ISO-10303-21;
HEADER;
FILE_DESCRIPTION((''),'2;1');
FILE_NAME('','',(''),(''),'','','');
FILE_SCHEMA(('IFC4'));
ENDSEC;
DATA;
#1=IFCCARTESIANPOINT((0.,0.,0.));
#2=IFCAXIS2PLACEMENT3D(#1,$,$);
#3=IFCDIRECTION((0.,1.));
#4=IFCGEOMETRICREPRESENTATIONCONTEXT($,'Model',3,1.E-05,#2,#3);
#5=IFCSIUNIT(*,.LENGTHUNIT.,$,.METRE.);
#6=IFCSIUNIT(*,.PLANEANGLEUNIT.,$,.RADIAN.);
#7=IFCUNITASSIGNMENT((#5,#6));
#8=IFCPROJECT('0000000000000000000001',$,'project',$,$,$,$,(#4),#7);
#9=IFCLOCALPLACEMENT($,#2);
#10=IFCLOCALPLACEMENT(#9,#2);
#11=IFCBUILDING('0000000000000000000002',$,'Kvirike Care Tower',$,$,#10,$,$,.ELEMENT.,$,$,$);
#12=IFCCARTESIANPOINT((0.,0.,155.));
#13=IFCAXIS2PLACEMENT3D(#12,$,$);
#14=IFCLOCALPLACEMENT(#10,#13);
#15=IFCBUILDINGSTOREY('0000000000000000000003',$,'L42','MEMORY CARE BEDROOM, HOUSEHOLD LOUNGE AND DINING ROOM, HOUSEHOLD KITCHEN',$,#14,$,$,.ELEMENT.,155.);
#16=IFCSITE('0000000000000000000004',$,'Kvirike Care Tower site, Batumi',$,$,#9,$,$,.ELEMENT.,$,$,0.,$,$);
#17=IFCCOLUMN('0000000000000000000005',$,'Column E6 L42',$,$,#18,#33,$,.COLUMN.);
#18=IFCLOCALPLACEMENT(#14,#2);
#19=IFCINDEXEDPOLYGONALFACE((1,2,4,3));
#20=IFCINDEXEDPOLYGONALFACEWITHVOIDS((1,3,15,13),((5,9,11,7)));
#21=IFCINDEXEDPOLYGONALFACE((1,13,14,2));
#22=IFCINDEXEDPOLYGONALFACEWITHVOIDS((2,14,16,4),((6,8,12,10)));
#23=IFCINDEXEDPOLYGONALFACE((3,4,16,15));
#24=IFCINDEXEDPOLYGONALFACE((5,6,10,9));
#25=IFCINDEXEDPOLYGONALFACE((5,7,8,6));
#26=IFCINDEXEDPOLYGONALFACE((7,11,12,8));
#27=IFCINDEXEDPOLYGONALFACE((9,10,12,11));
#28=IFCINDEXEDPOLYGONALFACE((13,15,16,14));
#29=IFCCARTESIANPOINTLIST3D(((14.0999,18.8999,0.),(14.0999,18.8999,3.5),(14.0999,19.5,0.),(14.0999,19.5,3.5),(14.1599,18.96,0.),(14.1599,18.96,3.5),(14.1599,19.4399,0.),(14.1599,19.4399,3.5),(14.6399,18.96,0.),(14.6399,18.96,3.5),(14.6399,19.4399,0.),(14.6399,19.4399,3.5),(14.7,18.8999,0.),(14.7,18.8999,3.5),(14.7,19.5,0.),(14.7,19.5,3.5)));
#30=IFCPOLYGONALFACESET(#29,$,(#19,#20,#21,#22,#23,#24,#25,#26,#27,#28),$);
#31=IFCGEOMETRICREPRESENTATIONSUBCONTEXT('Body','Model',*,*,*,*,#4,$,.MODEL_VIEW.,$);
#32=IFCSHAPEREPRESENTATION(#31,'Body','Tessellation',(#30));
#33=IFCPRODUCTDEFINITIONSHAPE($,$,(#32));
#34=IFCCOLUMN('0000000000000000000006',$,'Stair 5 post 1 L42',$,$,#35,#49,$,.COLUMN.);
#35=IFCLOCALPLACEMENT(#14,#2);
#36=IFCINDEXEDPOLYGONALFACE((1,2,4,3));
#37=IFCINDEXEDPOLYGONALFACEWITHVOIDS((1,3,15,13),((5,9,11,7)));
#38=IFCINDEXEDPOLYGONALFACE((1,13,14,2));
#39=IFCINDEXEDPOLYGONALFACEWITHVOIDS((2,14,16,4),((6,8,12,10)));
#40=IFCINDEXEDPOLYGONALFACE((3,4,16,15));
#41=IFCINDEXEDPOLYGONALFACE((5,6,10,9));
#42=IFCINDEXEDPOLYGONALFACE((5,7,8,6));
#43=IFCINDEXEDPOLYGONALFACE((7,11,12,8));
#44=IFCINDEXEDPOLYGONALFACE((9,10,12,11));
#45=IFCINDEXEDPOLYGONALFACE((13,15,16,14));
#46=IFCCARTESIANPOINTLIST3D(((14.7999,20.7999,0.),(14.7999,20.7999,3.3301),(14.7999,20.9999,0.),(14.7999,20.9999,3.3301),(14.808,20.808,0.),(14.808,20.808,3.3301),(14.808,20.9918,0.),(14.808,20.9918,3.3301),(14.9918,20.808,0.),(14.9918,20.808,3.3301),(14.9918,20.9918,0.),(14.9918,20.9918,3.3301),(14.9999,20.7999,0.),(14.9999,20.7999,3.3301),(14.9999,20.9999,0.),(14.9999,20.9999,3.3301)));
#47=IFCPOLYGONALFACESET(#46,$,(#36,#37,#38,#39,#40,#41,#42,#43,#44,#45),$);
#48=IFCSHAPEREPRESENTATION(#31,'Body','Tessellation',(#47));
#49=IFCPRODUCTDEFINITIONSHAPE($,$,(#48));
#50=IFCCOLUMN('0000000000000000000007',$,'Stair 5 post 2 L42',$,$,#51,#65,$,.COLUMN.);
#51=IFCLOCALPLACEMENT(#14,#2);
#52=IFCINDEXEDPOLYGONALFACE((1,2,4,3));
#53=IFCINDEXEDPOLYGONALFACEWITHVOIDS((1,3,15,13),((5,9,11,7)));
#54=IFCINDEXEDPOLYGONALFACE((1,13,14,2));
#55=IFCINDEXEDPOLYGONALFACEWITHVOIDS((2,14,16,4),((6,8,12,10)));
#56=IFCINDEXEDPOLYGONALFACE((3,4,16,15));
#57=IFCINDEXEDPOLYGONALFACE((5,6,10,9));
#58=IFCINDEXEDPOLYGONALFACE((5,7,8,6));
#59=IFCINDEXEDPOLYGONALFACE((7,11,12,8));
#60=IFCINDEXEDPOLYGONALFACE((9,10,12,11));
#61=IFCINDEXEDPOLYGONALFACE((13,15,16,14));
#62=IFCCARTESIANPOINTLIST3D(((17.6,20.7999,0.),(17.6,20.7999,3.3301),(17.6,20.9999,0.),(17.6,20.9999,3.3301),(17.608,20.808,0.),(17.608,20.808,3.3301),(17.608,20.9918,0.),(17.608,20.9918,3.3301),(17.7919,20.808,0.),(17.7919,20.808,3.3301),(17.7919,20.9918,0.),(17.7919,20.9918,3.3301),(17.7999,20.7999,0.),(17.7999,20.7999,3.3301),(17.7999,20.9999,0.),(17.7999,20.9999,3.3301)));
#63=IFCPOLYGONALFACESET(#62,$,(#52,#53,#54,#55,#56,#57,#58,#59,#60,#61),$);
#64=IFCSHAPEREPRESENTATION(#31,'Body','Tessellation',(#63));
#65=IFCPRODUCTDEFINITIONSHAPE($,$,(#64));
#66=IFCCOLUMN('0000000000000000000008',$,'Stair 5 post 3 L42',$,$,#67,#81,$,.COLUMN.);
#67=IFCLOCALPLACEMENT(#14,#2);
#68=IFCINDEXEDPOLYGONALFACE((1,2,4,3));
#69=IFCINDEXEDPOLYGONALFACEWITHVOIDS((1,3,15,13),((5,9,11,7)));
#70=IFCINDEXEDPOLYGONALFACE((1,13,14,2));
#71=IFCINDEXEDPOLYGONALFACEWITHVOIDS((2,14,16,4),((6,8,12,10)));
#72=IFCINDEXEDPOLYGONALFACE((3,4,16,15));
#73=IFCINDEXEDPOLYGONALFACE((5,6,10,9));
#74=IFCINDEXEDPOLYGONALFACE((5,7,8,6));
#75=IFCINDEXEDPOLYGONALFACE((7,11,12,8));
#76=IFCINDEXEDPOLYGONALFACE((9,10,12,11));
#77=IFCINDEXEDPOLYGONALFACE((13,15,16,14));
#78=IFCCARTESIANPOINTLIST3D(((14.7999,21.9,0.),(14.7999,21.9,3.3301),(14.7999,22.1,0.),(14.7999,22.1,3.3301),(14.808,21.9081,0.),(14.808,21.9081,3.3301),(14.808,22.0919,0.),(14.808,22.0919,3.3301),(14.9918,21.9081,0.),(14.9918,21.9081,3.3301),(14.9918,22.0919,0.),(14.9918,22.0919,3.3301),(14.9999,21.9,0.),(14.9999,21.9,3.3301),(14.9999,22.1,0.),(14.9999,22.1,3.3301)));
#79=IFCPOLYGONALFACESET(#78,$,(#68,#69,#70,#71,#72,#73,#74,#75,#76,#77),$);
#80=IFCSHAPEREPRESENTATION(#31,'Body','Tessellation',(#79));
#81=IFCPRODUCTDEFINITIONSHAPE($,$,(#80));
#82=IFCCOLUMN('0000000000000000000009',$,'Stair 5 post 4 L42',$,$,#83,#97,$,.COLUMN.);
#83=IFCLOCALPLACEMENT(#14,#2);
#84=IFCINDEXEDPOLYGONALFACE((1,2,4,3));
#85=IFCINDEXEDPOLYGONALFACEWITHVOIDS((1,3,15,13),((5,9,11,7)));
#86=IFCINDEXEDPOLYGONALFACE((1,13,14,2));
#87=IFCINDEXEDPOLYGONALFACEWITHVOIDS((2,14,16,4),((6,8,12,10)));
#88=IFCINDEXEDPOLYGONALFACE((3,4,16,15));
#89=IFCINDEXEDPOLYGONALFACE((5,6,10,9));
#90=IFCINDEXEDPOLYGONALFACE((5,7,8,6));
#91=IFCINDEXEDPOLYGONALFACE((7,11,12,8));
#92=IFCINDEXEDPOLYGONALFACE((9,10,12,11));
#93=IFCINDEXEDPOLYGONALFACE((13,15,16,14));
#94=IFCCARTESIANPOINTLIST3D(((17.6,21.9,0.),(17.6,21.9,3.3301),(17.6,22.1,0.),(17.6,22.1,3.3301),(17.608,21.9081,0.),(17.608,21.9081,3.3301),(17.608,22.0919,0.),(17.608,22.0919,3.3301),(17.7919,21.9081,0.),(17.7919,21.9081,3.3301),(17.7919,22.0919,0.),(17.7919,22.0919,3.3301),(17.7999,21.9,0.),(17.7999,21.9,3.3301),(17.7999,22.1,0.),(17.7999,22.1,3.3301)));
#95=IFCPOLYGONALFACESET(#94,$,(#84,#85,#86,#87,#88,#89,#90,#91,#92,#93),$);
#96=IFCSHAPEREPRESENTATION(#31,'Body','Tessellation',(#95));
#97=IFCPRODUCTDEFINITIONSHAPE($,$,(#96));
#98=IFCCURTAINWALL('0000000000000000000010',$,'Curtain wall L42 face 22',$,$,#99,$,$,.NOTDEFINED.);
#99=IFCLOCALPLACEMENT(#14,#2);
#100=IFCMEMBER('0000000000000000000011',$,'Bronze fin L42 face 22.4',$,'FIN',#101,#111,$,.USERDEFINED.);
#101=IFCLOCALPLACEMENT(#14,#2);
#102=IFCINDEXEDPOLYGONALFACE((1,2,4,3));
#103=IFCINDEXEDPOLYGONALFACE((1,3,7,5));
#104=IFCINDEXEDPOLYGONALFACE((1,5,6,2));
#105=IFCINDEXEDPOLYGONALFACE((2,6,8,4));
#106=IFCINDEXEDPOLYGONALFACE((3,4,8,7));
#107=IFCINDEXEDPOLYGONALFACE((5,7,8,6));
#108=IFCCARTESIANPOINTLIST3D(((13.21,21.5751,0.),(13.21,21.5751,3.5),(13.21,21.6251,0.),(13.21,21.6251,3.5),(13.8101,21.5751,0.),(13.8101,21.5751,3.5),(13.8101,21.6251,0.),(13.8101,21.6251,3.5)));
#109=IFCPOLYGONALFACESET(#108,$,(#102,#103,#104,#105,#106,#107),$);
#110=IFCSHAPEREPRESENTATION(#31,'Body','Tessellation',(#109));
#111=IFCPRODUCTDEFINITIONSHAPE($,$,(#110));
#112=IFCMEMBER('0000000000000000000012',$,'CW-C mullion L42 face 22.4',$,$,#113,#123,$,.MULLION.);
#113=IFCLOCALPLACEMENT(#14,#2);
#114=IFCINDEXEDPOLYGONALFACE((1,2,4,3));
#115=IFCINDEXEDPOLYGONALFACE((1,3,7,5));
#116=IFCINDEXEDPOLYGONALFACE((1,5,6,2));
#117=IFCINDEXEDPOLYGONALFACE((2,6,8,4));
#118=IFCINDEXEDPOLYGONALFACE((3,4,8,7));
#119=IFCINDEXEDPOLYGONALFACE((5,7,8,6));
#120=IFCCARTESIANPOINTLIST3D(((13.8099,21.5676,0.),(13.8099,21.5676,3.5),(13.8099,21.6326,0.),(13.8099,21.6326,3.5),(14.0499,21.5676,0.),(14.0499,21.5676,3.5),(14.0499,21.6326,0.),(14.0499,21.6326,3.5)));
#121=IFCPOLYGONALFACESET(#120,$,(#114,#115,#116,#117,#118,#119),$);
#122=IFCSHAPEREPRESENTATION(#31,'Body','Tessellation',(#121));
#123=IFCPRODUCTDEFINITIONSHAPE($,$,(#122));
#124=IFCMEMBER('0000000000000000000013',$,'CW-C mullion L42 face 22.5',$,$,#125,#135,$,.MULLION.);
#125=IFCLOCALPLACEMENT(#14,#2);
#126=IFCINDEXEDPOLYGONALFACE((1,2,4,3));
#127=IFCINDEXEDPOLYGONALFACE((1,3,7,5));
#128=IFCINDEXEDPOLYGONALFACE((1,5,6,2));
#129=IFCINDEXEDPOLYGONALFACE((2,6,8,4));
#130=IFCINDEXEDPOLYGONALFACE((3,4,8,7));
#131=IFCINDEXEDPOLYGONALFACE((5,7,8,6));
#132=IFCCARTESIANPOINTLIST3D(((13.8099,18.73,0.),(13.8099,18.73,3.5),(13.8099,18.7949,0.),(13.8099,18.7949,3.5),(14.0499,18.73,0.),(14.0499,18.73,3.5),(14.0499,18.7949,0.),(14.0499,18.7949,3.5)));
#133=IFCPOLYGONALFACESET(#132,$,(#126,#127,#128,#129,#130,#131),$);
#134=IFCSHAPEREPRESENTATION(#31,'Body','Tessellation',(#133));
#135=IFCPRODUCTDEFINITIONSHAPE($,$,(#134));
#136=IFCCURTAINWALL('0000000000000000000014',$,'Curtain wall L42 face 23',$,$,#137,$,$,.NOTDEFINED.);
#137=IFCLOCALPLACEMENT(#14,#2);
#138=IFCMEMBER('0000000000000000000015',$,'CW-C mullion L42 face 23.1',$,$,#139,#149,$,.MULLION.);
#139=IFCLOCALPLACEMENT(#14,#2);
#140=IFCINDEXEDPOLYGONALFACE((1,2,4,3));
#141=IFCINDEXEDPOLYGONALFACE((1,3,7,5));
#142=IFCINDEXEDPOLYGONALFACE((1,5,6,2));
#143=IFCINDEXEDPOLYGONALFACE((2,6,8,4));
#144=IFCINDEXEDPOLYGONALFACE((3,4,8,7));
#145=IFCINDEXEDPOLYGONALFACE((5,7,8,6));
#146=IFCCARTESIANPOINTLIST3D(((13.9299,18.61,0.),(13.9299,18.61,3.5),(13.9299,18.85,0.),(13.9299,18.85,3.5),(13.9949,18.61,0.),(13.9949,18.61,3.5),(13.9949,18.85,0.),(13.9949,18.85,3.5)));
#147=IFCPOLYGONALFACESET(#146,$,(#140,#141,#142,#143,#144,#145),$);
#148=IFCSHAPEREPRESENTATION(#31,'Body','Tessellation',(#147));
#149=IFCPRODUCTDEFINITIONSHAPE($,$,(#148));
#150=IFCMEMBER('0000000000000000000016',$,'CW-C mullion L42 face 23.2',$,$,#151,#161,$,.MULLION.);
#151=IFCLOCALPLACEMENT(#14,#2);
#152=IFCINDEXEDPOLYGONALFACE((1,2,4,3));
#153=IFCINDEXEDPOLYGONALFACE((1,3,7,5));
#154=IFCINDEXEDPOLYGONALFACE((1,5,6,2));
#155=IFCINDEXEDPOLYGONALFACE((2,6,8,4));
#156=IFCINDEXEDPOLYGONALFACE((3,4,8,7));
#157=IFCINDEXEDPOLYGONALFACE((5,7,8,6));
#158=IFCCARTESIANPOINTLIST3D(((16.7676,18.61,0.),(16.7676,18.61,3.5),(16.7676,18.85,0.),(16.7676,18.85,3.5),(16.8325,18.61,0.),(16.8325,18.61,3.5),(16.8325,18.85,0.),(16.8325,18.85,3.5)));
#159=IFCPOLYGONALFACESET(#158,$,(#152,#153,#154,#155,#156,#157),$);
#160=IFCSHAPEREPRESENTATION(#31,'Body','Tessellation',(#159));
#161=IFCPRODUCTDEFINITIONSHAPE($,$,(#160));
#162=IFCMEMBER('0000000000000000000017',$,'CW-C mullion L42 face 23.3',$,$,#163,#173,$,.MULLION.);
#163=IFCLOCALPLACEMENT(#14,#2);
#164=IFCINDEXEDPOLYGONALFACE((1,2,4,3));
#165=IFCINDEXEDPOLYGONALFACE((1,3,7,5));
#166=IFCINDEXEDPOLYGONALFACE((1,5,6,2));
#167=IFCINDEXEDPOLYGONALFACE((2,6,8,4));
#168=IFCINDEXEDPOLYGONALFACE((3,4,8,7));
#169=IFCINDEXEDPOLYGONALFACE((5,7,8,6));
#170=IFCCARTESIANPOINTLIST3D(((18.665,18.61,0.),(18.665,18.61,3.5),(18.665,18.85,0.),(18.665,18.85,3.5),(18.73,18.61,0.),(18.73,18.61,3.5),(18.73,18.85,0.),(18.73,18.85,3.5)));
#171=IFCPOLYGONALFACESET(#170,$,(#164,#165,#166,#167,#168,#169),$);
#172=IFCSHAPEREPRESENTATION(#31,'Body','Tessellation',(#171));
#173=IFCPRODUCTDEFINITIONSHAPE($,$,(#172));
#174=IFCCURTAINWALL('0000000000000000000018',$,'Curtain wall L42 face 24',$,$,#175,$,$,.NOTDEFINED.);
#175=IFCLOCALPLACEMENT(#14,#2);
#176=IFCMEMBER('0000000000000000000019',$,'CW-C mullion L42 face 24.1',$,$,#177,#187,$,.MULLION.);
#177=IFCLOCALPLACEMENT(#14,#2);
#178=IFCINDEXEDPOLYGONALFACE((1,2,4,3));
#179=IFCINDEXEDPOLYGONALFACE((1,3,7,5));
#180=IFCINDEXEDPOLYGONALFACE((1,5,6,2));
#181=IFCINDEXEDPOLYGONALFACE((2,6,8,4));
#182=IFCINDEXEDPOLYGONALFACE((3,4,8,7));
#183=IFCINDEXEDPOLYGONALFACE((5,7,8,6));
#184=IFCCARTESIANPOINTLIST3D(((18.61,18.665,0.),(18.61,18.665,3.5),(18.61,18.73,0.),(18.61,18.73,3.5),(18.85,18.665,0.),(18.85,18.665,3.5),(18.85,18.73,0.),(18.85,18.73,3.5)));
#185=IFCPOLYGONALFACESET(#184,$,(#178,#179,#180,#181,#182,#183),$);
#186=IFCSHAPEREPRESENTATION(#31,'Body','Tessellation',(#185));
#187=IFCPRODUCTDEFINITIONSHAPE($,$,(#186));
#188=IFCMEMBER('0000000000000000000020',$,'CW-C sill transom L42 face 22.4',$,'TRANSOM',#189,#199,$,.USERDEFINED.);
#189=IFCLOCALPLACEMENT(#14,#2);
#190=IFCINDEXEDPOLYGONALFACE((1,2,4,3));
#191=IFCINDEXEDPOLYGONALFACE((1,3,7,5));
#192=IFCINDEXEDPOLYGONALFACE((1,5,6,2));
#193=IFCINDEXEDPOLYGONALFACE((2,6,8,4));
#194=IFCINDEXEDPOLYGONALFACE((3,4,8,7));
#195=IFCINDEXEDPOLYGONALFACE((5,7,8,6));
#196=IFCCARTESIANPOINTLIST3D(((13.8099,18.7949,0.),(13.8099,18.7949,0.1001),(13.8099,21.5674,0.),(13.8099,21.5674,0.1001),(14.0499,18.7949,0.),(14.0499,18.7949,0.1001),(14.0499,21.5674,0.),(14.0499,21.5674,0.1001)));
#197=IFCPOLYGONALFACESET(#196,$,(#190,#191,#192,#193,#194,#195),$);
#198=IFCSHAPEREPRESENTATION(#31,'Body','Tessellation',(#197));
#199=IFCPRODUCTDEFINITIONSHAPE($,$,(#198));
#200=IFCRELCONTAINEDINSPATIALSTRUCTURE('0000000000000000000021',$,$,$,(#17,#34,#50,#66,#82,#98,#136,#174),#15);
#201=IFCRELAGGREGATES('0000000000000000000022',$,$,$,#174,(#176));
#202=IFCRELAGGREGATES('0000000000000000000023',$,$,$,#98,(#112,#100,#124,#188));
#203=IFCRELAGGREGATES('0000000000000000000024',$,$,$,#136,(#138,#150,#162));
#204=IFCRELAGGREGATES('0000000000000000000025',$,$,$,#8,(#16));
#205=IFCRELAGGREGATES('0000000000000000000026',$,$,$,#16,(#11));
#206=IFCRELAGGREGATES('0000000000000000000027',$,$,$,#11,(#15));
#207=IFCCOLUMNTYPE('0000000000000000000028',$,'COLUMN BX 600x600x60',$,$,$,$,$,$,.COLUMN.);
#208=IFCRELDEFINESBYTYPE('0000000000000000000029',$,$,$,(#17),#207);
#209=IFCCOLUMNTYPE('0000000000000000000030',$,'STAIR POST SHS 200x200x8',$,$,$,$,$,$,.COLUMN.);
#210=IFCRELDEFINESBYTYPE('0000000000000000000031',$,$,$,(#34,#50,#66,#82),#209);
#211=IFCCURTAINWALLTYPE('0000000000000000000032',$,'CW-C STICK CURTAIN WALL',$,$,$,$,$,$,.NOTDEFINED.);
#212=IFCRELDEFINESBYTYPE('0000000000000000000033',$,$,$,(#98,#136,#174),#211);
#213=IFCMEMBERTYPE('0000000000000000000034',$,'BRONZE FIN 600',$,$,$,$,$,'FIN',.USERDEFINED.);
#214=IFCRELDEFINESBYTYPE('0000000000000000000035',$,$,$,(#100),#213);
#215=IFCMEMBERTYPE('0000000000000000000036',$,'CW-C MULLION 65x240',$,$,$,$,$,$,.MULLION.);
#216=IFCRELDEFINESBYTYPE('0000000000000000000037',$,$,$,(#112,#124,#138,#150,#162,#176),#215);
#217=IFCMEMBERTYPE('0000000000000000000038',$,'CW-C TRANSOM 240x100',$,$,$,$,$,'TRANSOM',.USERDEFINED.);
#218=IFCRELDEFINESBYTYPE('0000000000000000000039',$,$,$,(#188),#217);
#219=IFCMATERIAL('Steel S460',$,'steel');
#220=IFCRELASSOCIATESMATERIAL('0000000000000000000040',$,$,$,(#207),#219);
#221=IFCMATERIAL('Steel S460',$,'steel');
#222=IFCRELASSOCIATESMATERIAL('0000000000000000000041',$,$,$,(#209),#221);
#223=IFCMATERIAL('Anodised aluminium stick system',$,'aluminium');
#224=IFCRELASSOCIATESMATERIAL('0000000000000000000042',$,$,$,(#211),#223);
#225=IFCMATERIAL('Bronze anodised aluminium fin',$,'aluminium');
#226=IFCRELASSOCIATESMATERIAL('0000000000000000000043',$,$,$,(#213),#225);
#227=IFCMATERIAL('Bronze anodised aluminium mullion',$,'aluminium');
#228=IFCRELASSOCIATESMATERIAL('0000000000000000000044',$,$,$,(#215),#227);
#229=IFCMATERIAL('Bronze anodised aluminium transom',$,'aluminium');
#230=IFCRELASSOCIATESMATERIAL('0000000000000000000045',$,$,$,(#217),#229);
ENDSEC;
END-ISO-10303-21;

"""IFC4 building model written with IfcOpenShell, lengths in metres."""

from ifc_helpers import new_model, si_unit, direction, frame, origin, origin_2d, place, context, subcontext, project, spatial, rectangle, hollow_rectangle, extrude, material, material_profile, profile_set, type_object, element, aggregate, save


model = new_model("IFC4")

# Units and contexts
model_context = context("Model", 3, precision=1e-05, world=origin(), true_north=direction((0.0, 1.0)))
body_context = subcontext(model_context, "Body", "Model", "MODEL_VIEW")
ifc_project = project(units=[si_unit("LENGTHUNIT", "METRE"), si_unit("PLANEANGLEUNIT", "RADIAN")], contexts=[model_context])

# Site, building, storey
site_placement = place(None, origin())
site = spatial("IfcSite", under=ifc_project, at=site_placement, Name="Kvirike Care Tower site, Batumi", CompositionType="ELEMENT", RefElevation=0.0)
building_placement = place(site_placement, origin())
building = spatial("IfcBuilding", under=site, at=building_placement, Name="Kvirike Care Tower", CompositionType="ELEMENT")
storey_placement = place(building_placement, frame((0.0, 0.0, 155.0)))
storey = spatial("IfcBuildingStorey", under=building, at=storey_placement, Name="L42", Description="MEMORY CARE BEDROOM, HOUSEHOLD LOUNGE AND DINING ROOM, HOUSEHOLD KITCHEN", CompositionType="ELEMENT", Elevation=155.0)

# Columns
ifc_material_1 = material(Name="Steel S460", Category="steel")
ifc_material_profile_1 = material_profile(ifc_material_1, hollow_rectangle(XDim=0.6001, YDim=0.6001, WallThickness=0.0601, at=origin_2d()), Name="BX 600x600x60")
ifc_profile_set_1 = profile_set([ifc_material_profile_1], Name="Steel S460")
column_type_1 = type_object("IfcColumnType", Name="COLUMN BX 600x600x60", PredefinedType="COLUMN", material=ifc_profile_set_1)
column_placement = place(storey_placement, frame((14.3999, 19.2, 0.0), z_axis=(0.0, 0.0, 1.0), x_axis=(0.0, 1.0, 0.0)))
element("IfcColumn", 1, at=column_placement, inside=storey, type_object=column_type_1, Name="Column E6 L42", PredefinedType="COLUMN", context=body_context, shape_type="SweptSolid", body=[
    extrude(hollow_rectangle(XDim=0.6001, YDim=0.6001, WallThickness=0.0601, at=origin_2d()), origin(), (0.0, 0.0, 1.0), 3.5),
])
ifc_material_2 = material(Name="Steel S460", Category="steel")
ifc_material_profile_2 = material_profile(ifc_material_2, hollow_rectangle(XDim=0.2, YDim=0.2, WallThickness=0.0081, at=origin_2d()), Name="SHS 200x200x8")
ifc_profile_set_2 = profile_set([ifc_material_profile_2], Name="Steel S460")
column_type_2 = type_object("IfcColumnType", Name="STAIR POST SHS 200x200x8", PredefinedType="COLUMN", material=ifc_profile_set_2)
for number, where, z_axis, x_axis, name in (
    (2, (14.8999, 20.8999, 0.0), (0.0, 0.0, 1.0), (1.0, 0.0, 0.0), "Stair 5 post 1 L42"),
    (3, (17.7, 20.8999, 0.0), (0.0, 0.0, 1.0), (1.0, 0.0, 0.0), "Stair 5 post 2 L42"),
    (4, (14.8999, 22.0, 0.0), (0.0, 0.0, 1.0), (1.0, 0.0, 0.0), "Stair 5 post 3 L42"),
    (5, (17.7, 22.0, 0.0), (0.0, 0.0, 1.0), (1.0, 0.0, 0.0), "Stair 5 post 4 L42"),
):
    element("IfcColumn", number, at=place(storey_placement, frame(where, z_axis=z_axis, x_axis=x_axis)), inside=storey, type_object=column_type_2, Name=name, PredefinedType="COLUMN", context=body_context, shape_type="SweptSolid", body=[
        extrude(hollow_rectangle(XDim=0.2, YDim=0.2, WallThickness=0.0081, at=origin_2d()), origin(), (0.0, 0.0, 1.0), 3.3301),
    ])

# Curtain walls, members
ifc_material_3 = material(Name="Anodised aluminium stick system", Category="aluminium")
curtain_wall_type = type_object("IfcCurtainWallType", Name="CW-C STICK CURTAIN WALL", PredefinedType="NOTDEFINED", material=ifc_material_3)
curtain_wall_1_placement = place(storey_placement, origin())
curtain_wall_1 = element("IfcCurtainWall", 6, at=curtain_wall_1_placement, inside=storey, type_object=curtain_wall_type, Name="Curtain wall L42 face 22", PredefinedType="NOTDEFINED")
ifc_material_4 = material(Name="Bronze anodised aluminium fin", Category="aluminium")
ifc_material_profile_3 = material_profile(ifc_material_4, rectangle(XDim=0.05, YDim=0.6001, at=origin_2d()), Name="BRONZE FIN 600")
ifc_profile_set_3 = profile_set([ifc_material_profile_3], Name="Bronze anodised aluminium fin")
member_type_1 = type_object("IfcMemberType", Name="BRONZE FIN 600", ElementType="FIN", PredefinedType="USERDEFINED", material=ifc_profile_set_3)
member_1_placement = place(storey_placement, frame((13.51, 21.6001, 0.0), z_axis=(0.0, 0.0, 1.0), x_axis=(0.0, -1.0, 0.0)))
member_1 = element("IfcMember", 7, at=member_1_placement, type_object=member_type_1, Name="Bronze fin L42 face 22.4", ObjectType="FIN", PredefinedType="USERDEFINED", context=body_context, shape_type="SweptSolid", body=[
    extrude(rectangle(XDim=0.05, YDim=0.6001, at=origin_2d()), origin(), (0.0, 0.0, 1.0), 3.5),
])
ifc_material_5 = material(Name="Bronze anodised aluminium mullion", Category="aluminium")
ifc_material_profile_4 = material_profile(ifc_material_5, rectangle(XDim=0.0649, YDim=0.24, at=origin_2d()), Name="CW-C MULLION 65x240")
ifc_profile_set_4 = profile_set([ifc_material_profile_4], Name="Bronze anodised aluminium mullion")
member_type_2 = type_object("IfcMemberType", Name="CW-C MULLION 65x240", PredefinedType="MULLION", material=ifc_profile_set_4)
member_2_placement = place(storey_placement, frame((13.9299, 21.6001, 0.0), z_axis=(0.0, 0.0, 1.0), x_axis=(0.0, -1.0, 0.0)))
member_2 = element("IfcMember", 8, at=member_2_placement, type_object=member_type_2, Name="CW-C mullion L42 face 22.4", PredefinedType="MULLION", context=body_context, shape_type="SweptSolid", body=[
    extrude(rectangle(XDim=0.0649, YDim=0.24, at=origin_2d()), origin(), (0.0, 0.0, 1.0), 3.5),
])
member_3_placement = place(storey_placement, frame((13.9299, 18.7625, 0.0), z_axis=(0.0, 0.0, 1.0), x_axis=(0.0, -1.0, 0.0)))
member_3 = element("IfcMember", 9, at=member_3_placement, type_object=member_type_2, Name="CW-C mullion L42 face 22.5", PredefinedType="MULLION", context=body_context, shape_type="SweptSolid", body=[
    extrude(rectangle(XDim=0.0649, YDim=0.24, at=origin_2d()), origin(), (0.0, 0.0, 1.0), 3.5),
])
curtain_wall_2_placement = place(storey_placement, origin())
curtain_wall_2 = element("IfcCurtainWall", 10, at=curtain_wall_2_placement, inside=storey, type_object=curtain_wall_type, Name="Curtain wall L42 face 23", PredefinedType="NOTDEFINED")
member_4_placement = place(storey_placement, frame((13.9624, 18.73, 0.0), z_axis=(0.0, 0.0, 1.0), x_axis=(1.0, 0.0, 0.0)))
member_4 = element("IfcMember", 11, at=member_4_placement, type_object=member_type_2, Name="CW-C mullion L42 face 23.1", PredefinedType="MULLION", context=body_context, shape_type="SweptSolid", body=[
    extrude(rectangle(XDim=0.0649, YDim=0.24, at=origin_2d()), origin(), (0.0, 0.0, 1.0), 3.5),
])
member_5_placement = place(storey_placement, frame((16.8, 18.73, 0.0), z_axis=(0.0, 0.0, 1.0), x_axis=(1.0, 0.0, 0.0)))
member_5 = element("IfcMember", 12, at=member_5_placement, type_object=member_type_2, Name="CW-C mullion L42 face 23.2", PredefinedType="MULLION", context=body_context, shape_type="SweptSolid", body=[
    extrude(rectangle(XDim=0.0649, YDim=0.24, at=origin_2d()), origin(), (0.0, 0.0, 1.0), 3.5),
])
member_6_placement = place(storey_placement, frame((18.6975, 18.73, 0.0), z_axis=(0.0, 0.0, 1.0), x_axis=(1.0, 0.0, 0.0)))
member_6 = element("IfcMember", 13, at=member_6_placement, type_object=member_type_2, Name="CW-C mullion L42 face 23.3", PredefinedType="MULLION", context=body_context, shape_type="SweptSolid", body=[
    extrude(rectangle(XDim=0.0649, YDim=0.24, at=origin_2d()), origin(), (0.0, 0.0, 1.0), 3.5),
])

# Curtain wall, member
curtain_wall_3_placement = place(storey_placement, origin())
curtain_wall_3 = element("IfcCurtainWall", 14, at=curtain_wall_3_placement, inside=storey, type_object=curtain_wall_type, Name="Curtain wall L42 face 24", PredefinedType="NOTDEFINED")
member_7_placement = place(storey_placement, frame((18.73, 18.6975, 0.0), z_axis=(0.0, 0.0, 1.0), x_axis=(0.0, -1.0, 0.0)))
member_7 = element("IfcMember", 15, at=member_7_placement, type_object=member_type_2, Name="CW-C mullion L42 face 24.1", PredefinedType="MULLION", context=body_context, shape_type="SweptSolid", body=[
    extrude(rectangle(XDim=0.0649, YDim=0.24, at=origin_2d()), origin(), (0.0, 0.0, 1.0), 3.5),
])
aggregate(curtain_wall_3, [member_7])

# Member
ifc_material_6 = material(Name="Bronze anodised aluminium transom", Category="aluminium")
ifc_material_profile_5 = material_profile(ifc_material_6, rectangle(XDim=0.24, YDim=0.1001, at=origin_2d()), Name="CW-C TRANSOM 240x100")
ifc_profile_set_5 = profile_set([ifc_material_profile_5], Name="Bronze anodised aluminium transom")
member_type_3 = type_object("IfcMemberType", Name="CW-C TRANSOM 240x100", ElementType="TRANSOM", PredefinedType="USERDEFINED", material=ifc_profile_set_5)
member_8_placement = place(storey_placement, frame((13.9299, 21.5674, 0.05), z_axis=(0.0, -1.0, 0.0), x_axis=(1.0, 0.0, 0.0)))
member_8 = element("IfcMember", 16, at=member_8_placement, type_object=member_type_3, Name="CW-C sill transom L42 face 22.4", ObjectType="TRANSOM", PredefinedType="USERDEFINED", context=body_context, shape_type="SweptSolid", body=[
    extrude(rectangle(XDim=0.24, YDim=0.1001, at=origin_2d()), origin(), (0.0, 0.0, 1.0), 2.7725),
])

aggregate(curtain_wall_1, [member_2, member_1, member_3, member_8])
aggregate(curtain_wall_2, [member_4, member_5, member_6])

save(model, "model.ifc")
